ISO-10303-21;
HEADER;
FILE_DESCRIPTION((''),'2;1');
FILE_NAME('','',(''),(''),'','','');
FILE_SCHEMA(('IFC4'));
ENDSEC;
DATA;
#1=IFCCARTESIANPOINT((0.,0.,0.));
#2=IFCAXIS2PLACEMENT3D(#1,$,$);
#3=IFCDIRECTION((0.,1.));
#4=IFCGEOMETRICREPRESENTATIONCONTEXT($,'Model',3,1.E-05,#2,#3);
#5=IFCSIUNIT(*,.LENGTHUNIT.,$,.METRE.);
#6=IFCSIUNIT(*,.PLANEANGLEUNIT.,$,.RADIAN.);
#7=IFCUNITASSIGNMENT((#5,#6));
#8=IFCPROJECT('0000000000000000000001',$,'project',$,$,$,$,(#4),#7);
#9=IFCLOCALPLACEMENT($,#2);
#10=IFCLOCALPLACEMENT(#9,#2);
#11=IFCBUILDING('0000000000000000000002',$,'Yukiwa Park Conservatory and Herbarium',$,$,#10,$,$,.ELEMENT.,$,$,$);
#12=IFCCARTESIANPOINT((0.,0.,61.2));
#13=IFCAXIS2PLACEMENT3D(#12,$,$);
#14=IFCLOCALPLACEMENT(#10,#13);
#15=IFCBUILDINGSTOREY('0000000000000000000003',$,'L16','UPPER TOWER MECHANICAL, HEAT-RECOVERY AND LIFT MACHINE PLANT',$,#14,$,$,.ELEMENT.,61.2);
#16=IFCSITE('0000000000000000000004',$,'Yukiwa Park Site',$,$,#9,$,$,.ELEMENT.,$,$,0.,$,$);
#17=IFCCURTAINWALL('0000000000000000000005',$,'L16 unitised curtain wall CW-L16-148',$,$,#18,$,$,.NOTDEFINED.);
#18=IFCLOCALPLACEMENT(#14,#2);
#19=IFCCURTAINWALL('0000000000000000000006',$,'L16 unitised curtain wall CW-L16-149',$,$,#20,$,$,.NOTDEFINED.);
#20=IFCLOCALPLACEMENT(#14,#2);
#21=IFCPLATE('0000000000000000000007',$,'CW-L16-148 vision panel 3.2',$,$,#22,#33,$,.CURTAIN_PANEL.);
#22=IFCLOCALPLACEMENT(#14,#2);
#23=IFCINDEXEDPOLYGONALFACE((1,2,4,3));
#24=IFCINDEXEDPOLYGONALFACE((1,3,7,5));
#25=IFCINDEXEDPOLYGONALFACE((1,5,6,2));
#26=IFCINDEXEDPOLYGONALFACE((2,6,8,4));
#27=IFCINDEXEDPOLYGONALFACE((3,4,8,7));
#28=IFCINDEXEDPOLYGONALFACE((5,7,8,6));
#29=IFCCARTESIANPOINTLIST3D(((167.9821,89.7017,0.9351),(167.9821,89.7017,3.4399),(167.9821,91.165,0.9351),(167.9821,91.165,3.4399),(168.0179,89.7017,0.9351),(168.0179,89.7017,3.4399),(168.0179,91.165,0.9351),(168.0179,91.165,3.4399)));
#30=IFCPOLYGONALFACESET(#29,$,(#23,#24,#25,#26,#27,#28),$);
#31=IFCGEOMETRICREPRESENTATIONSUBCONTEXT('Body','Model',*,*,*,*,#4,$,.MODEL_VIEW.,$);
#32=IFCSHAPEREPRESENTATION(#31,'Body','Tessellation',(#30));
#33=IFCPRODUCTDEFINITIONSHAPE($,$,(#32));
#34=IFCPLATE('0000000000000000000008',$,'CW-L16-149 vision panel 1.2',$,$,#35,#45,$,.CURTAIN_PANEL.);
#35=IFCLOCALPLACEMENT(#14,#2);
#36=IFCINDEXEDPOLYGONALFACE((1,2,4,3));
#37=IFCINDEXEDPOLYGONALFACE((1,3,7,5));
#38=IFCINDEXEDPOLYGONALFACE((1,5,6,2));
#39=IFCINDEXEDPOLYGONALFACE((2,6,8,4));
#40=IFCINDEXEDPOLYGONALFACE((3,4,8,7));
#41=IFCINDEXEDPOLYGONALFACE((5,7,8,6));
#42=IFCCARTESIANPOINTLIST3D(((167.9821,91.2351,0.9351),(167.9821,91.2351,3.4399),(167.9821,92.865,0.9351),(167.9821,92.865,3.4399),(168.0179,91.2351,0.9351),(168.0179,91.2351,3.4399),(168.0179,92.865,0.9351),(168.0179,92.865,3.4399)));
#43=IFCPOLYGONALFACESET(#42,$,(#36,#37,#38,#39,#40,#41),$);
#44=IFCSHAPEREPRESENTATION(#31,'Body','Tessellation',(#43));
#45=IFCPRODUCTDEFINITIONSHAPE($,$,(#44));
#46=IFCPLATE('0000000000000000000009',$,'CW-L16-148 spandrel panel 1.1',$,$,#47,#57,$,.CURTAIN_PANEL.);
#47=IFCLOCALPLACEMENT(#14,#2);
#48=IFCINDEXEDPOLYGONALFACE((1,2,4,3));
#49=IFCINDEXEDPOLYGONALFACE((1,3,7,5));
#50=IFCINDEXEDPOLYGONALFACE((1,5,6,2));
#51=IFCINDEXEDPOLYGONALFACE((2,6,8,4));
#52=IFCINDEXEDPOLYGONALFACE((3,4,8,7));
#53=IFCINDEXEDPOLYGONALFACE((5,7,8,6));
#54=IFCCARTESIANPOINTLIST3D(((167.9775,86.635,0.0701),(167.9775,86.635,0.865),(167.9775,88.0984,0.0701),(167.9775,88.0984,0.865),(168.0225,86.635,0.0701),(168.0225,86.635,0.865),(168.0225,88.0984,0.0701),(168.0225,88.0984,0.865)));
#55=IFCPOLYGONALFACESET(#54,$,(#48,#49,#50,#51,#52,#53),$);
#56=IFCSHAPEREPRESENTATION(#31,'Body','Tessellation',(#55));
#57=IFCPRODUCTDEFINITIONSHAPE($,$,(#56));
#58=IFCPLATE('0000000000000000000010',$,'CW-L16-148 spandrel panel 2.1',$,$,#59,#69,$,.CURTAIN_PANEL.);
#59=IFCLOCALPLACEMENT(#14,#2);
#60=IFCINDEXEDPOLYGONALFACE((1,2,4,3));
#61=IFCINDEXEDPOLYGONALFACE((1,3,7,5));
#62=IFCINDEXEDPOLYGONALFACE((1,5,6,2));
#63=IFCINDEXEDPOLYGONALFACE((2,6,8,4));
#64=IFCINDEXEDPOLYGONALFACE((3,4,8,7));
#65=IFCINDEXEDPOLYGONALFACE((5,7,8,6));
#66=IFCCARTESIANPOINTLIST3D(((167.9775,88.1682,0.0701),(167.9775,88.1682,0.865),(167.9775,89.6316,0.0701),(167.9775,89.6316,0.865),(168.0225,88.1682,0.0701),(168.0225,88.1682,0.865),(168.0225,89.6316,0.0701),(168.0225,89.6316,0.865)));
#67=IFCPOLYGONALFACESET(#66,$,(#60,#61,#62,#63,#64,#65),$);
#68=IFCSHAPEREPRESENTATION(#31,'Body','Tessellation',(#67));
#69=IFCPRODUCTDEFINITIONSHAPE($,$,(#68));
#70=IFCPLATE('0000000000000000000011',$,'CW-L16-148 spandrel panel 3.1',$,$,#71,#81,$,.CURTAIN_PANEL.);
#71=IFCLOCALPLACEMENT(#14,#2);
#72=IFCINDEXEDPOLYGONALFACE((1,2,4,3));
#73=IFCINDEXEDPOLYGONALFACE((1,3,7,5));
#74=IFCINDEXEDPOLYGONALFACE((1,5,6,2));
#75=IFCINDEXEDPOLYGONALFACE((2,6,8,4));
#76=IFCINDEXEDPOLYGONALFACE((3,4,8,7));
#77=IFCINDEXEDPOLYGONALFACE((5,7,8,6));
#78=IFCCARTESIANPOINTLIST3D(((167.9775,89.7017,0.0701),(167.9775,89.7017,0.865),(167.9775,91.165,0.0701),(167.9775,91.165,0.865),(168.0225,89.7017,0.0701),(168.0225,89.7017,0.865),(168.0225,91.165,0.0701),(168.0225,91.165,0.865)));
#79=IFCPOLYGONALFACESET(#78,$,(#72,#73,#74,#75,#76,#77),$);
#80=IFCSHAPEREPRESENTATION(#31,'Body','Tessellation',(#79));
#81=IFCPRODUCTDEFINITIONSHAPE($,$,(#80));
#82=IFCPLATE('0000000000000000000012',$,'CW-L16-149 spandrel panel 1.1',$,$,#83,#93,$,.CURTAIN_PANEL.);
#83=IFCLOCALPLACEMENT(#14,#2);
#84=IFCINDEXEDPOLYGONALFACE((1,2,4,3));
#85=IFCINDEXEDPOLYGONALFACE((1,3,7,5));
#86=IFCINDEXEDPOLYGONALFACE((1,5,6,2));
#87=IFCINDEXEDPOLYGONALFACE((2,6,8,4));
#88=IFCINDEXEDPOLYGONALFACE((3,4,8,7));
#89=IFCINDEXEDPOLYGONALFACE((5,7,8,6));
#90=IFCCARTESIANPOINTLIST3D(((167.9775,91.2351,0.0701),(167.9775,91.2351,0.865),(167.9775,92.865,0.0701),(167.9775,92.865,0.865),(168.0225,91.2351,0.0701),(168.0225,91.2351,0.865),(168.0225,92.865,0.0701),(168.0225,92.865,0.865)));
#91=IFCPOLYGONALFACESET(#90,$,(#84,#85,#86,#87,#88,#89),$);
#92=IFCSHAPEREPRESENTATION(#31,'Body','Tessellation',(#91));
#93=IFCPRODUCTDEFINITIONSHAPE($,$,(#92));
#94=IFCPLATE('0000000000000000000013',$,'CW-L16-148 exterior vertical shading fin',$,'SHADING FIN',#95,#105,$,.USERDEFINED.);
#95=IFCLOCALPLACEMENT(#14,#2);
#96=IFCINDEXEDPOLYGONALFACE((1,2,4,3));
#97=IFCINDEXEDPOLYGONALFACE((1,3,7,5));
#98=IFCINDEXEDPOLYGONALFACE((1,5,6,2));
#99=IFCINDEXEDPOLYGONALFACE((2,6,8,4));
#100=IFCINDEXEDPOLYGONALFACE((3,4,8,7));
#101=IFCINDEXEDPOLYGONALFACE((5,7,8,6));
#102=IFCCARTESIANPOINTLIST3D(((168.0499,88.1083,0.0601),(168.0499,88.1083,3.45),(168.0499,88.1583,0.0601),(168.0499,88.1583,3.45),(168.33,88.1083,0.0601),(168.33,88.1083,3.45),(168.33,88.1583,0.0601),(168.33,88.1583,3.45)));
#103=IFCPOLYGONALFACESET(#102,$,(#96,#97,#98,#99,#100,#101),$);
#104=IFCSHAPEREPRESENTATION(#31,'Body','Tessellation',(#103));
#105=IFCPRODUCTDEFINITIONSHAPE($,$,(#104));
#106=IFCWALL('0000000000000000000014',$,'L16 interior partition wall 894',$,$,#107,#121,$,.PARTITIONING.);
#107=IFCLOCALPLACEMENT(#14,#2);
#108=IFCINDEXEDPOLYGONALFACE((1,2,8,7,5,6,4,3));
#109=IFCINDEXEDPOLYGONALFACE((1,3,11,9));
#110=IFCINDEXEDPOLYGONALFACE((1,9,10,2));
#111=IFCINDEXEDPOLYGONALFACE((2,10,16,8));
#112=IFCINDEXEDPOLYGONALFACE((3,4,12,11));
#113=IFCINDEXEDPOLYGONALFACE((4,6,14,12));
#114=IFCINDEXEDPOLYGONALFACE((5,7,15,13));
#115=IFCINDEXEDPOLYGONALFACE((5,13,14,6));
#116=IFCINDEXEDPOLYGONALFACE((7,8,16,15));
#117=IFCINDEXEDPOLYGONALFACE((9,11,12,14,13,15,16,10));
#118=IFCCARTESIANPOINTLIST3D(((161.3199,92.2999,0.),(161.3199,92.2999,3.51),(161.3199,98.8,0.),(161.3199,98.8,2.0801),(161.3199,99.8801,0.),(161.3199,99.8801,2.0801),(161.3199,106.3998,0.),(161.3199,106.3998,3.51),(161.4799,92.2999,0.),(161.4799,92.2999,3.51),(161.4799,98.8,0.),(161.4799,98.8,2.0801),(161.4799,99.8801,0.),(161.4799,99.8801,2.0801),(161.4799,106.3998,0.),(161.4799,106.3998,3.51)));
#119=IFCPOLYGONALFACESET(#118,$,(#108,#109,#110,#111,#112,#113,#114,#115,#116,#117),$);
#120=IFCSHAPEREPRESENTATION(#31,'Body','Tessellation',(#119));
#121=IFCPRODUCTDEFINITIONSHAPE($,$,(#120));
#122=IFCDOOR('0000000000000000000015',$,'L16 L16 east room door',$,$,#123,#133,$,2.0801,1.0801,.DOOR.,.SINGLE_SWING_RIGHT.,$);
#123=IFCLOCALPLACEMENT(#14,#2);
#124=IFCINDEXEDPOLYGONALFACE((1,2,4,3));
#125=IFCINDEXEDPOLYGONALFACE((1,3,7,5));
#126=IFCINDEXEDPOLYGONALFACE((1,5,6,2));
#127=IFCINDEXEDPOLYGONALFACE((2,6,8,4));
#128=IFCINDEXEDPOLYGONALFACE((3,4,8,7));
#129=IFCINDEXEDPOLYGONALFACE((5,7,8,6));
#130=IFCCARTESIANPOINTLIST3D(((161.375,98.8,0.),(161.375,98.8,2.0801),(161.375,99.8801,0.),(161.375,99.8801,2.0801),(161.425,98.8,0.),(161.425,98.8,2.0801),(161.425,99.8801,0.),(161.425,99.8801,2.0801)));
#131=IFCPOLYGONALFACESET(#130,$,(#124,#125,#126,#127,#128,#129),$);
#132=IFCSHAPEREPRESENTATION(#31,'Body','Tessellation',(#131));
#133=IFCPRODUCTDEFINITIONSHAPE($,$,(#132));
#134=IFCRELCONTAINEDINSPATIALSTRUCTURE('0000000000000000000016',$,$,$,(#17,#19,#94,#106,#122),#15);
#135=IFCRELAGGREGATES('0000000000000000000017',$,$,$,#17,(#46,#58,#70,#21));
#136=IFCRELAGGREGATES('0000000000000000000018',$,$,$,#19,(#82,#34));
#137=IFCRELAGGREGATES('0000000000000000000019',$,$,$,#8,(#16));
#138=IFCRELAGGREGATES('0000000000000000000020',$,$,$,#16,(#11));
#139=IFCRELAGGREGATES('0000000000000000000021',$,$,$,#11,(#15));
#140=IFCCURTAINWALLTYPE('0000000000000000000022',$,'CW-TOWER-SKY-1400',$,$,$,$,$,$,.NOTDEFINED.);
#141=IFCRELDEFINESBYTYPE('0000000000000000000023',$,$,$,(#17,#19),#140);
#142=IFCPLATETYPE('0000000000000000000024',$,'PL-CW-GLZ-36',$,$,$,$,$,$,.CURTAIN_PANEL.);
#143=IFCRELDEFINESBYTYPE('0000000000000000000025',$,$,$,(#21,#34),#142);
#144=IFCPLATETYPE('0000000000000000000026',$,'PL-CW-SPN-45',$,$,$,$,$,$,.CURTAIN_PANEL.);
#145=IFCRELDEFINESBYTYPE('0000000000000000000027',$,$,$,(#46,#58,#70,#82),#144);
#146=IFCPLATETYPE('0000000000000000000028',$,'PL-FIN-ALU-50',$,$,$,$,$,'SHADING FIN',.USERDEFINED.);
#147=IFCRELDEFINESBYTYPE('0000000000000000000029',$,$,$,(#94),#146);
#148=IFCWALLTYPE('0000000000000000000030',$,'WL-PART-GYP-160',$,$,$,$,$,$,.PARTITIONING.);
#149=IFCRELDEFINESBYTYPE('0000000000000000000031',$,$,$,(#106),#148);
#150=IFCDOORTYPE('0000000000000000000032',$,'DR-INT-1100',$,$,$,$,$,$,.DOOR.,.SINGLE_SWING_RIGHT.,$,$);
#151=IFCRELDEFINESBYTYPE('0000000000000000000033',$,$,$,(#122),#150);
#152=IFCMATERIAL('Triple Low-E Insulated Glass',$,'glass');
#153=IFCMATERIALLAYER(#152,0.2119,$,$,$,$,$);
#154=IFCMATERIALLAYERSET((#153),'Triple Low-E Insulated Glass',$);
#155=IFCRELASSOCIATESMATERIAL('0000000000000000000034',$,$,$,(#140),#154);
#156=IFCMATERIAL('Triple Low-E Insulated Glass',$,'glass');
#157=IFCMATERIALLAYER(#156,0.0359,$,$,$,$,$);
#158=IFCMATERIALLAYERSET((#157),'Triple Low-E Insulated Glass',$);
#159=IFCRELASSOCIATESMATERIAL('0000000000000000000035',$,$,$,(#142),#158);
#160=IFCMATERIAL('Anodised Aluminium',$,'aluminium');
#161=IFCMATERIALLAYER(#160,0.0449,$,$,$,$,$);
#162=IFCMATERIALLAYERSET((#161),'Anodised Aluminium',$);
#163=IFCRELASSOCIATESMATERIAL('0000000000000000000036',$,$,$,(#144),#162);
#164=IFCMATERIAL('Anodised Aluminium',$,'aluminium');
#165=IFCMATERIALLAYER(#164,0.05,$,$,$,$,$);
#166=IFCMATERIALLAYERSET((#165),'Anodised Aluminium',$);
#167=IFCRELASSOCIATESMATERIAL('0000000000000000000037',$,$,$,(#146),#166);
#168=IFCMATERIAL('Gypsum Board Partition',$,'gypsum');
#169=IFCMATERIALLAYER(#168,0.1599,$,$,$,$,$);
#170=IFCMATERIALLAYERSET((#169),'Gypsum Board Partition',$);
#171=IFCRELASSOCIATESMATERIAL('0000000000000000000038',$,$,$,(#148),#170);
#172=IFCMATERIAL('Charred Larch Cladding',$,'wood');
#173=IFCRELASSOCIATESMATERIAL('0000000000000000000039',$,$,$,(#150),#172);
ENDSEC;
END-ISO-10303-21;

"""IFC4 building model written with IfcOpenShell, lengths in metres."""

from ifc_helpers import new_model, si_unit, direction, frame, frame_2d, origin, origin_2d, place, context, subcontext, project, spatial, rectangle, extrude, material, layer, layer_set, type_object, element, fill, aggregate, save


model = new_model("IFC4")

# Units and contexts
model_context = context("Model", 3, precision=1e-05, world=origin(), true_north=direction((0.0, 1.0)))
body_context = subcontext(model_context, "Body", "Model", "MODEL_VIEW")
ifc_project = project(units=[si_unit("LENGTHUNIT", "METRE"), si_unit("PLANEANGLEUNIT", "RADIAN")], contexts=[model_context])

# Site, building, storey
site_placement = place(None, origin())
site = spatial("IfcSite", under=ifc_project, at=site_placement, Name="Yukiwa Park Site", CompositionType="ELEMENT", RefElevation=0.0)
building_placement = place(site_placement, origin())
building = spatial("IfcBuilding", under=site, at=building_placement, Name="Yukiwa Park Conservatory and Herbarium", CompositionType="ELEMENT")
storey_placement = place(building_placement, frame((0.0, 0.0, 61.2)))
storey = spatial("IfcBuildingStorey", under=building, at=storey_placement, Name="L16", Description="UPPER TOWER MECHANICAL, HEAT-RECOVERY AND LIFT MACHINE PLANT", CompositionType="ELEMENT", Elevation=61.2)

# Curtain wall
ifc_material_1 = material(Name="Triple Low-E Insulated Glass", Category="glass")
ifc_layer_1 = layer(ifc_material_1, 0.2119)
ifc_layer_set_1 = layer_set([ifc_layer_1], Name="Triple Low-E Insulated Glass")
curtain_wall_type = type_object("IfcCurtainWallType", Name="CW-TOWER-SKY-1400", PredefinedType="NOTDEFINED", material=ifc_layer_set_1)
curtain_wall_1_placement = place(storey_placement, origin())
curtain_wall_1 = element("IfcCurtainWall", 1, at=curtain_wall_1_placement, inside=storey, type_object=curtain_wall_type, Name="L16 unitised curtain wall CW-L16-148", PredefinedType="NOTDEFINED")

# Curtain wall
curtain_wall_2_placement = place(storey_placement, origin())
curtain_wall_2 = element("IfcCurtainWall", 2, at=curtain_wall_2_placement, inside=storey, type_object=curtain_wall_type, Name="L16 unitised curtain wall CW-L16-149", PredefinedType="NOTDEFINED")

# Plates
ifc_material_2 = material(Name="Triple Low-E Insulated Glass", Category="glass")
ifc_layer_2 = layer(ifc_material_2, 0.0359)
ifc_layer_set_2 = layer_set([ifc_layer_2], Name="Triple Low-E Insulated Glass")
plate_type_1 = type_object("IfcPlateType", Name="PL-CW-GLZ-36", PredefinedType="CURTAIN_PANEL", material=ifc_layer_set_2)
plate_1_placement = place(storey_placement, frame((168.0, 90.4333, 0.9351), z_axis=(0.0, 0.0, 1.0), x_axis=(0.0, 1.0, 0.0)))
plate_1 = element("IfcPlate", 3, at=plate_1_placement, type_object=plate_type_1, Name="CW-L16-148 vision panel 3.2", PredefinedType="CURTAIN_PANEL", context=body_context, shape_type="SweptSolid", body=[
    extrude(rectangle(XDim=1.4634, YDim=0.0359, at=origin_2d()), origin(), (0.0, 0.0, 1.0), 2.5049),
])
plate_2_placement = place(storey_placement, frame((168.0, 92.05, 0.9351), z_axis=(0.0, 0.0, 1.0), x_axis=(0.0, 1.0, 0.0)))
plate_2 = element("IfcPlate", 4, at=plate_2_placement, type_object=plate_type_1, Name="CW-L16-149 vision panel 1.2", PredefinedType="CURTAIN_PANEL", context=body_context, shape_type="SweptSolid", body=[
    extrude(rectangle(XDim=1.6299, YDim=0.0359, at=origin_2d()), origin(), (0.0, 0.0, 1.0), 2.5049),
])
ifc_material_3 = material(Name="Anodised Aluminium", Category="aluminium")
ifc_layer_3 = layer(ifc_material_3, 0.0449)
ifc_layer_set_3 = layer_set([ifc_layer_3], Name="Anodised Aluminium")
plate_type_2 = type_object("IfcPlateType", Name="PL-CW-SPN-45", PredefinedType="CURTAIN_PANEL", material=ifc_layer_set_3)
plate_3_placement = place(storey_placement, frame((168.0, 87.3667, 0.0701), z_axis=(0.0, 0.0, 1.0), x_axis=(0.0, 1.0, 0.0)))
plate_3 = element("IfcPlate", 5, at=plate_3_placement, type_object=plate_type_2, Name="CW-L16-148 spandrel panel 1.1", PredefinedType="CURTAIN_PANEL", context=body_context, shape_type="SweptSolid", body=[
    extrude(rectangle(XDim=1.4634, YDim=0.0449, at=origin_2d()), origin(), (0.0, 0.0, 1.0), 0.7949),
])
plate_4_placement = place(storey_placement, frame((168.0, 88.8999, 0.0701), z_axis=(0.0, 0.0, 1.0), x_axis=(0.0, 1.0, 0.0)))
plate_4 = element("IfcPlate", 6, at=plate_4_placement, type_object=plate_type_2, Name="CW-L16-148 spandrel panel 2.1", PredefinedType="CURTAIN_PANEL", context=body_context, shape_type="SweptSolid", body=[
    extrude(rectangle(XDim=1.4634, YDim=0.0449, at=origin_2d()), origin(), (0.0, 0.0, 1.0), 0.7949),
])
plate_5_placement = place(storey_placement, frame((168.0, 90.4333, 0.0701), z_axis=(0.0, 0.0, 1.0), x_axis=(0.0, 1.0, 0.0)))
plate_5 = element("IfcPlate", 7, at=plate_5_placement, type_object=plate_type_2, Name="CW-L16-148 spandrel panel 3.1", PredefinedType="CURTAIN_PANEL", context=body_context, shape_type="SweptSolid", body=[
    extrude(rectangle(XDim=1.4634, YDim=0.0449, at=origin_2d()), origin(), (0.0, 0.0, 1.0), 0.7949),
])
aggregate(curtain_wall_1, [plate_3, plate_4, plate_5, plate_1])
plate_6_placement = place(storey_placement, frame((168.0, 92.05, 0.0701), z_axis=(0.0, 0.0, 1.0), x_axis=(0.0, 1.0, 0.0)))
plate_6 = element("IfcPlate", 8, at=plate_6_placement, type_object=plate_type_2, Name="CW-L16-149 spandrel panel 1.1", PredefinedType="CURTAIN_PANEL", context=body_context, shape_type="SweptSolid", body=[
    extrude(rectangle(XDim=1.6299, YDim=0.0449, at=origin_2d()), origin(), (0.0, 0.0, 1.0), 0.7949),
])
aggregate(curtain_wall_2, [plate_6, plate_2])
ifc_material_4 = material(Name="Anodised Aluminium", Category="aluminium")
ifc_layer_4 = layer(ifc_material_4, 0.05)
ifc_layer_set_4 = layer_set([ifc_layer_4], Name="Anodised Aluminium")
plate_type_3 = type_object("IfcPlateType", Name="PL-FIN-ALU-50", ElementType="SHADING FIN", PredefinedType="USERDEFINED", material=ifc_layer_set_4)
plate_7_placement = place(storey_placement, frame((168.1899, 88.1333, 0.0601), z_axis=(0.0, 0.0, 1.0), x_axis=(0.0, 1.0, 0.0)))
element("IfcPlate", 9, at=plate_7_placement, inside=storey, type_object=plate_type_3, Name="CW-L16-148 exterior vertical shading fin", ObjectType="SHADING FIN", PredefinedType="USERDEFINED", context=body_context, shape_type="SweptSolid", body=[
    extrude(rectangle(XDim=0.05, YDim=0.28, at=origin_2d()), origin(), (0.0, 0.0, 1.0), 3.3899),
])

# Wall, opening, door
ifc_material_5 = material(Name="Gypsum Board Partition", Category="gypsum")
ifc_layer_5 = layer(ifc_material_5, 0.1599)
ifc_layer_set_5 = layer_set([ifc_layer_5], Name="Gypsum Board Partition")
wall_type = type_object("IfcWallType", Name="WL-PART-GYP-160", PredefinedType="PARTITIONING", material=ifc_layer_set_5)
wall_placement = place(storey_placement, frame((161.3999, 92.3, 0.0), z_axis=(0.0, 0.0, 1.0), x_axis=(0.0, 1.0, 0.0)))
wall = element("IfcWall", 10, at=wall_placement, inside=storey, type_object=wall_type, Name="L16 interior partition wall 894", PredefinedType="PARTITIONING", context=body_context, shape_type="SweptSolid", body=[
    extrude(rectangle(XDim=14.0999, YDim=0.1599, at=frame_2d((7.0498, 0.0))), origin(), (0.0, 0.0, 1.0), 3.51),
])
opening_placement = place(wall_placement, frame((6.5, 0.0, 0.0)))
opening = element("IfcOpeningElement", 11, at=opening_placement, cuts=wall, PredefinedType="OPENING", context=body_context, shape_type="SweptSolid", body=[
    extrude(rectangle(XDim=1.0801, YDim=2.0801, at=frame_2d((0.54, 1.04))), frame((0.0, 0.0898, 0.0), z_axis=(0.0, -1.0, 0.0), x_axis=(1.0, 0.0, 0.0)), (0.0, 0.0, 1.0), 0.1799),
])
ifc_material_6 = material(Name="Charred Larch Cladding", Category="wood")
door_type = type_object("IfcDoorType", Name="DR-INT-1100", OperationType="SINGLE_SWING_RIGHT", PredefinedType="DOOR", material=ifc_material_6)
door_placement = place(opening_placement, origin())
door = element("IfcDoor", 12, at=door_placement, inside=storey, type_object=door_type, Name="L16 L16 east room door", OperationType="SINGLE_SWING_RIGHT", OverallHeight=2.0801, OverallWidth=1.0801, PredefinedType="DOOR", context=body_context, shape_type="SweptSolid", body=[
    extrude(rectangle(XDim=1.0801, YDim=2.0801, at=frame_2d((0.54, 1.04))), frame((0.0, 0.0249, 0.0), z_axis=(0.0, -1.0, 0.0), x_axis=(1.0, 0.0, 0.0)), (0.0, 0.0, 1.0), 0.05),
])
fill(opening, door)

save(model, "model.ifc")
